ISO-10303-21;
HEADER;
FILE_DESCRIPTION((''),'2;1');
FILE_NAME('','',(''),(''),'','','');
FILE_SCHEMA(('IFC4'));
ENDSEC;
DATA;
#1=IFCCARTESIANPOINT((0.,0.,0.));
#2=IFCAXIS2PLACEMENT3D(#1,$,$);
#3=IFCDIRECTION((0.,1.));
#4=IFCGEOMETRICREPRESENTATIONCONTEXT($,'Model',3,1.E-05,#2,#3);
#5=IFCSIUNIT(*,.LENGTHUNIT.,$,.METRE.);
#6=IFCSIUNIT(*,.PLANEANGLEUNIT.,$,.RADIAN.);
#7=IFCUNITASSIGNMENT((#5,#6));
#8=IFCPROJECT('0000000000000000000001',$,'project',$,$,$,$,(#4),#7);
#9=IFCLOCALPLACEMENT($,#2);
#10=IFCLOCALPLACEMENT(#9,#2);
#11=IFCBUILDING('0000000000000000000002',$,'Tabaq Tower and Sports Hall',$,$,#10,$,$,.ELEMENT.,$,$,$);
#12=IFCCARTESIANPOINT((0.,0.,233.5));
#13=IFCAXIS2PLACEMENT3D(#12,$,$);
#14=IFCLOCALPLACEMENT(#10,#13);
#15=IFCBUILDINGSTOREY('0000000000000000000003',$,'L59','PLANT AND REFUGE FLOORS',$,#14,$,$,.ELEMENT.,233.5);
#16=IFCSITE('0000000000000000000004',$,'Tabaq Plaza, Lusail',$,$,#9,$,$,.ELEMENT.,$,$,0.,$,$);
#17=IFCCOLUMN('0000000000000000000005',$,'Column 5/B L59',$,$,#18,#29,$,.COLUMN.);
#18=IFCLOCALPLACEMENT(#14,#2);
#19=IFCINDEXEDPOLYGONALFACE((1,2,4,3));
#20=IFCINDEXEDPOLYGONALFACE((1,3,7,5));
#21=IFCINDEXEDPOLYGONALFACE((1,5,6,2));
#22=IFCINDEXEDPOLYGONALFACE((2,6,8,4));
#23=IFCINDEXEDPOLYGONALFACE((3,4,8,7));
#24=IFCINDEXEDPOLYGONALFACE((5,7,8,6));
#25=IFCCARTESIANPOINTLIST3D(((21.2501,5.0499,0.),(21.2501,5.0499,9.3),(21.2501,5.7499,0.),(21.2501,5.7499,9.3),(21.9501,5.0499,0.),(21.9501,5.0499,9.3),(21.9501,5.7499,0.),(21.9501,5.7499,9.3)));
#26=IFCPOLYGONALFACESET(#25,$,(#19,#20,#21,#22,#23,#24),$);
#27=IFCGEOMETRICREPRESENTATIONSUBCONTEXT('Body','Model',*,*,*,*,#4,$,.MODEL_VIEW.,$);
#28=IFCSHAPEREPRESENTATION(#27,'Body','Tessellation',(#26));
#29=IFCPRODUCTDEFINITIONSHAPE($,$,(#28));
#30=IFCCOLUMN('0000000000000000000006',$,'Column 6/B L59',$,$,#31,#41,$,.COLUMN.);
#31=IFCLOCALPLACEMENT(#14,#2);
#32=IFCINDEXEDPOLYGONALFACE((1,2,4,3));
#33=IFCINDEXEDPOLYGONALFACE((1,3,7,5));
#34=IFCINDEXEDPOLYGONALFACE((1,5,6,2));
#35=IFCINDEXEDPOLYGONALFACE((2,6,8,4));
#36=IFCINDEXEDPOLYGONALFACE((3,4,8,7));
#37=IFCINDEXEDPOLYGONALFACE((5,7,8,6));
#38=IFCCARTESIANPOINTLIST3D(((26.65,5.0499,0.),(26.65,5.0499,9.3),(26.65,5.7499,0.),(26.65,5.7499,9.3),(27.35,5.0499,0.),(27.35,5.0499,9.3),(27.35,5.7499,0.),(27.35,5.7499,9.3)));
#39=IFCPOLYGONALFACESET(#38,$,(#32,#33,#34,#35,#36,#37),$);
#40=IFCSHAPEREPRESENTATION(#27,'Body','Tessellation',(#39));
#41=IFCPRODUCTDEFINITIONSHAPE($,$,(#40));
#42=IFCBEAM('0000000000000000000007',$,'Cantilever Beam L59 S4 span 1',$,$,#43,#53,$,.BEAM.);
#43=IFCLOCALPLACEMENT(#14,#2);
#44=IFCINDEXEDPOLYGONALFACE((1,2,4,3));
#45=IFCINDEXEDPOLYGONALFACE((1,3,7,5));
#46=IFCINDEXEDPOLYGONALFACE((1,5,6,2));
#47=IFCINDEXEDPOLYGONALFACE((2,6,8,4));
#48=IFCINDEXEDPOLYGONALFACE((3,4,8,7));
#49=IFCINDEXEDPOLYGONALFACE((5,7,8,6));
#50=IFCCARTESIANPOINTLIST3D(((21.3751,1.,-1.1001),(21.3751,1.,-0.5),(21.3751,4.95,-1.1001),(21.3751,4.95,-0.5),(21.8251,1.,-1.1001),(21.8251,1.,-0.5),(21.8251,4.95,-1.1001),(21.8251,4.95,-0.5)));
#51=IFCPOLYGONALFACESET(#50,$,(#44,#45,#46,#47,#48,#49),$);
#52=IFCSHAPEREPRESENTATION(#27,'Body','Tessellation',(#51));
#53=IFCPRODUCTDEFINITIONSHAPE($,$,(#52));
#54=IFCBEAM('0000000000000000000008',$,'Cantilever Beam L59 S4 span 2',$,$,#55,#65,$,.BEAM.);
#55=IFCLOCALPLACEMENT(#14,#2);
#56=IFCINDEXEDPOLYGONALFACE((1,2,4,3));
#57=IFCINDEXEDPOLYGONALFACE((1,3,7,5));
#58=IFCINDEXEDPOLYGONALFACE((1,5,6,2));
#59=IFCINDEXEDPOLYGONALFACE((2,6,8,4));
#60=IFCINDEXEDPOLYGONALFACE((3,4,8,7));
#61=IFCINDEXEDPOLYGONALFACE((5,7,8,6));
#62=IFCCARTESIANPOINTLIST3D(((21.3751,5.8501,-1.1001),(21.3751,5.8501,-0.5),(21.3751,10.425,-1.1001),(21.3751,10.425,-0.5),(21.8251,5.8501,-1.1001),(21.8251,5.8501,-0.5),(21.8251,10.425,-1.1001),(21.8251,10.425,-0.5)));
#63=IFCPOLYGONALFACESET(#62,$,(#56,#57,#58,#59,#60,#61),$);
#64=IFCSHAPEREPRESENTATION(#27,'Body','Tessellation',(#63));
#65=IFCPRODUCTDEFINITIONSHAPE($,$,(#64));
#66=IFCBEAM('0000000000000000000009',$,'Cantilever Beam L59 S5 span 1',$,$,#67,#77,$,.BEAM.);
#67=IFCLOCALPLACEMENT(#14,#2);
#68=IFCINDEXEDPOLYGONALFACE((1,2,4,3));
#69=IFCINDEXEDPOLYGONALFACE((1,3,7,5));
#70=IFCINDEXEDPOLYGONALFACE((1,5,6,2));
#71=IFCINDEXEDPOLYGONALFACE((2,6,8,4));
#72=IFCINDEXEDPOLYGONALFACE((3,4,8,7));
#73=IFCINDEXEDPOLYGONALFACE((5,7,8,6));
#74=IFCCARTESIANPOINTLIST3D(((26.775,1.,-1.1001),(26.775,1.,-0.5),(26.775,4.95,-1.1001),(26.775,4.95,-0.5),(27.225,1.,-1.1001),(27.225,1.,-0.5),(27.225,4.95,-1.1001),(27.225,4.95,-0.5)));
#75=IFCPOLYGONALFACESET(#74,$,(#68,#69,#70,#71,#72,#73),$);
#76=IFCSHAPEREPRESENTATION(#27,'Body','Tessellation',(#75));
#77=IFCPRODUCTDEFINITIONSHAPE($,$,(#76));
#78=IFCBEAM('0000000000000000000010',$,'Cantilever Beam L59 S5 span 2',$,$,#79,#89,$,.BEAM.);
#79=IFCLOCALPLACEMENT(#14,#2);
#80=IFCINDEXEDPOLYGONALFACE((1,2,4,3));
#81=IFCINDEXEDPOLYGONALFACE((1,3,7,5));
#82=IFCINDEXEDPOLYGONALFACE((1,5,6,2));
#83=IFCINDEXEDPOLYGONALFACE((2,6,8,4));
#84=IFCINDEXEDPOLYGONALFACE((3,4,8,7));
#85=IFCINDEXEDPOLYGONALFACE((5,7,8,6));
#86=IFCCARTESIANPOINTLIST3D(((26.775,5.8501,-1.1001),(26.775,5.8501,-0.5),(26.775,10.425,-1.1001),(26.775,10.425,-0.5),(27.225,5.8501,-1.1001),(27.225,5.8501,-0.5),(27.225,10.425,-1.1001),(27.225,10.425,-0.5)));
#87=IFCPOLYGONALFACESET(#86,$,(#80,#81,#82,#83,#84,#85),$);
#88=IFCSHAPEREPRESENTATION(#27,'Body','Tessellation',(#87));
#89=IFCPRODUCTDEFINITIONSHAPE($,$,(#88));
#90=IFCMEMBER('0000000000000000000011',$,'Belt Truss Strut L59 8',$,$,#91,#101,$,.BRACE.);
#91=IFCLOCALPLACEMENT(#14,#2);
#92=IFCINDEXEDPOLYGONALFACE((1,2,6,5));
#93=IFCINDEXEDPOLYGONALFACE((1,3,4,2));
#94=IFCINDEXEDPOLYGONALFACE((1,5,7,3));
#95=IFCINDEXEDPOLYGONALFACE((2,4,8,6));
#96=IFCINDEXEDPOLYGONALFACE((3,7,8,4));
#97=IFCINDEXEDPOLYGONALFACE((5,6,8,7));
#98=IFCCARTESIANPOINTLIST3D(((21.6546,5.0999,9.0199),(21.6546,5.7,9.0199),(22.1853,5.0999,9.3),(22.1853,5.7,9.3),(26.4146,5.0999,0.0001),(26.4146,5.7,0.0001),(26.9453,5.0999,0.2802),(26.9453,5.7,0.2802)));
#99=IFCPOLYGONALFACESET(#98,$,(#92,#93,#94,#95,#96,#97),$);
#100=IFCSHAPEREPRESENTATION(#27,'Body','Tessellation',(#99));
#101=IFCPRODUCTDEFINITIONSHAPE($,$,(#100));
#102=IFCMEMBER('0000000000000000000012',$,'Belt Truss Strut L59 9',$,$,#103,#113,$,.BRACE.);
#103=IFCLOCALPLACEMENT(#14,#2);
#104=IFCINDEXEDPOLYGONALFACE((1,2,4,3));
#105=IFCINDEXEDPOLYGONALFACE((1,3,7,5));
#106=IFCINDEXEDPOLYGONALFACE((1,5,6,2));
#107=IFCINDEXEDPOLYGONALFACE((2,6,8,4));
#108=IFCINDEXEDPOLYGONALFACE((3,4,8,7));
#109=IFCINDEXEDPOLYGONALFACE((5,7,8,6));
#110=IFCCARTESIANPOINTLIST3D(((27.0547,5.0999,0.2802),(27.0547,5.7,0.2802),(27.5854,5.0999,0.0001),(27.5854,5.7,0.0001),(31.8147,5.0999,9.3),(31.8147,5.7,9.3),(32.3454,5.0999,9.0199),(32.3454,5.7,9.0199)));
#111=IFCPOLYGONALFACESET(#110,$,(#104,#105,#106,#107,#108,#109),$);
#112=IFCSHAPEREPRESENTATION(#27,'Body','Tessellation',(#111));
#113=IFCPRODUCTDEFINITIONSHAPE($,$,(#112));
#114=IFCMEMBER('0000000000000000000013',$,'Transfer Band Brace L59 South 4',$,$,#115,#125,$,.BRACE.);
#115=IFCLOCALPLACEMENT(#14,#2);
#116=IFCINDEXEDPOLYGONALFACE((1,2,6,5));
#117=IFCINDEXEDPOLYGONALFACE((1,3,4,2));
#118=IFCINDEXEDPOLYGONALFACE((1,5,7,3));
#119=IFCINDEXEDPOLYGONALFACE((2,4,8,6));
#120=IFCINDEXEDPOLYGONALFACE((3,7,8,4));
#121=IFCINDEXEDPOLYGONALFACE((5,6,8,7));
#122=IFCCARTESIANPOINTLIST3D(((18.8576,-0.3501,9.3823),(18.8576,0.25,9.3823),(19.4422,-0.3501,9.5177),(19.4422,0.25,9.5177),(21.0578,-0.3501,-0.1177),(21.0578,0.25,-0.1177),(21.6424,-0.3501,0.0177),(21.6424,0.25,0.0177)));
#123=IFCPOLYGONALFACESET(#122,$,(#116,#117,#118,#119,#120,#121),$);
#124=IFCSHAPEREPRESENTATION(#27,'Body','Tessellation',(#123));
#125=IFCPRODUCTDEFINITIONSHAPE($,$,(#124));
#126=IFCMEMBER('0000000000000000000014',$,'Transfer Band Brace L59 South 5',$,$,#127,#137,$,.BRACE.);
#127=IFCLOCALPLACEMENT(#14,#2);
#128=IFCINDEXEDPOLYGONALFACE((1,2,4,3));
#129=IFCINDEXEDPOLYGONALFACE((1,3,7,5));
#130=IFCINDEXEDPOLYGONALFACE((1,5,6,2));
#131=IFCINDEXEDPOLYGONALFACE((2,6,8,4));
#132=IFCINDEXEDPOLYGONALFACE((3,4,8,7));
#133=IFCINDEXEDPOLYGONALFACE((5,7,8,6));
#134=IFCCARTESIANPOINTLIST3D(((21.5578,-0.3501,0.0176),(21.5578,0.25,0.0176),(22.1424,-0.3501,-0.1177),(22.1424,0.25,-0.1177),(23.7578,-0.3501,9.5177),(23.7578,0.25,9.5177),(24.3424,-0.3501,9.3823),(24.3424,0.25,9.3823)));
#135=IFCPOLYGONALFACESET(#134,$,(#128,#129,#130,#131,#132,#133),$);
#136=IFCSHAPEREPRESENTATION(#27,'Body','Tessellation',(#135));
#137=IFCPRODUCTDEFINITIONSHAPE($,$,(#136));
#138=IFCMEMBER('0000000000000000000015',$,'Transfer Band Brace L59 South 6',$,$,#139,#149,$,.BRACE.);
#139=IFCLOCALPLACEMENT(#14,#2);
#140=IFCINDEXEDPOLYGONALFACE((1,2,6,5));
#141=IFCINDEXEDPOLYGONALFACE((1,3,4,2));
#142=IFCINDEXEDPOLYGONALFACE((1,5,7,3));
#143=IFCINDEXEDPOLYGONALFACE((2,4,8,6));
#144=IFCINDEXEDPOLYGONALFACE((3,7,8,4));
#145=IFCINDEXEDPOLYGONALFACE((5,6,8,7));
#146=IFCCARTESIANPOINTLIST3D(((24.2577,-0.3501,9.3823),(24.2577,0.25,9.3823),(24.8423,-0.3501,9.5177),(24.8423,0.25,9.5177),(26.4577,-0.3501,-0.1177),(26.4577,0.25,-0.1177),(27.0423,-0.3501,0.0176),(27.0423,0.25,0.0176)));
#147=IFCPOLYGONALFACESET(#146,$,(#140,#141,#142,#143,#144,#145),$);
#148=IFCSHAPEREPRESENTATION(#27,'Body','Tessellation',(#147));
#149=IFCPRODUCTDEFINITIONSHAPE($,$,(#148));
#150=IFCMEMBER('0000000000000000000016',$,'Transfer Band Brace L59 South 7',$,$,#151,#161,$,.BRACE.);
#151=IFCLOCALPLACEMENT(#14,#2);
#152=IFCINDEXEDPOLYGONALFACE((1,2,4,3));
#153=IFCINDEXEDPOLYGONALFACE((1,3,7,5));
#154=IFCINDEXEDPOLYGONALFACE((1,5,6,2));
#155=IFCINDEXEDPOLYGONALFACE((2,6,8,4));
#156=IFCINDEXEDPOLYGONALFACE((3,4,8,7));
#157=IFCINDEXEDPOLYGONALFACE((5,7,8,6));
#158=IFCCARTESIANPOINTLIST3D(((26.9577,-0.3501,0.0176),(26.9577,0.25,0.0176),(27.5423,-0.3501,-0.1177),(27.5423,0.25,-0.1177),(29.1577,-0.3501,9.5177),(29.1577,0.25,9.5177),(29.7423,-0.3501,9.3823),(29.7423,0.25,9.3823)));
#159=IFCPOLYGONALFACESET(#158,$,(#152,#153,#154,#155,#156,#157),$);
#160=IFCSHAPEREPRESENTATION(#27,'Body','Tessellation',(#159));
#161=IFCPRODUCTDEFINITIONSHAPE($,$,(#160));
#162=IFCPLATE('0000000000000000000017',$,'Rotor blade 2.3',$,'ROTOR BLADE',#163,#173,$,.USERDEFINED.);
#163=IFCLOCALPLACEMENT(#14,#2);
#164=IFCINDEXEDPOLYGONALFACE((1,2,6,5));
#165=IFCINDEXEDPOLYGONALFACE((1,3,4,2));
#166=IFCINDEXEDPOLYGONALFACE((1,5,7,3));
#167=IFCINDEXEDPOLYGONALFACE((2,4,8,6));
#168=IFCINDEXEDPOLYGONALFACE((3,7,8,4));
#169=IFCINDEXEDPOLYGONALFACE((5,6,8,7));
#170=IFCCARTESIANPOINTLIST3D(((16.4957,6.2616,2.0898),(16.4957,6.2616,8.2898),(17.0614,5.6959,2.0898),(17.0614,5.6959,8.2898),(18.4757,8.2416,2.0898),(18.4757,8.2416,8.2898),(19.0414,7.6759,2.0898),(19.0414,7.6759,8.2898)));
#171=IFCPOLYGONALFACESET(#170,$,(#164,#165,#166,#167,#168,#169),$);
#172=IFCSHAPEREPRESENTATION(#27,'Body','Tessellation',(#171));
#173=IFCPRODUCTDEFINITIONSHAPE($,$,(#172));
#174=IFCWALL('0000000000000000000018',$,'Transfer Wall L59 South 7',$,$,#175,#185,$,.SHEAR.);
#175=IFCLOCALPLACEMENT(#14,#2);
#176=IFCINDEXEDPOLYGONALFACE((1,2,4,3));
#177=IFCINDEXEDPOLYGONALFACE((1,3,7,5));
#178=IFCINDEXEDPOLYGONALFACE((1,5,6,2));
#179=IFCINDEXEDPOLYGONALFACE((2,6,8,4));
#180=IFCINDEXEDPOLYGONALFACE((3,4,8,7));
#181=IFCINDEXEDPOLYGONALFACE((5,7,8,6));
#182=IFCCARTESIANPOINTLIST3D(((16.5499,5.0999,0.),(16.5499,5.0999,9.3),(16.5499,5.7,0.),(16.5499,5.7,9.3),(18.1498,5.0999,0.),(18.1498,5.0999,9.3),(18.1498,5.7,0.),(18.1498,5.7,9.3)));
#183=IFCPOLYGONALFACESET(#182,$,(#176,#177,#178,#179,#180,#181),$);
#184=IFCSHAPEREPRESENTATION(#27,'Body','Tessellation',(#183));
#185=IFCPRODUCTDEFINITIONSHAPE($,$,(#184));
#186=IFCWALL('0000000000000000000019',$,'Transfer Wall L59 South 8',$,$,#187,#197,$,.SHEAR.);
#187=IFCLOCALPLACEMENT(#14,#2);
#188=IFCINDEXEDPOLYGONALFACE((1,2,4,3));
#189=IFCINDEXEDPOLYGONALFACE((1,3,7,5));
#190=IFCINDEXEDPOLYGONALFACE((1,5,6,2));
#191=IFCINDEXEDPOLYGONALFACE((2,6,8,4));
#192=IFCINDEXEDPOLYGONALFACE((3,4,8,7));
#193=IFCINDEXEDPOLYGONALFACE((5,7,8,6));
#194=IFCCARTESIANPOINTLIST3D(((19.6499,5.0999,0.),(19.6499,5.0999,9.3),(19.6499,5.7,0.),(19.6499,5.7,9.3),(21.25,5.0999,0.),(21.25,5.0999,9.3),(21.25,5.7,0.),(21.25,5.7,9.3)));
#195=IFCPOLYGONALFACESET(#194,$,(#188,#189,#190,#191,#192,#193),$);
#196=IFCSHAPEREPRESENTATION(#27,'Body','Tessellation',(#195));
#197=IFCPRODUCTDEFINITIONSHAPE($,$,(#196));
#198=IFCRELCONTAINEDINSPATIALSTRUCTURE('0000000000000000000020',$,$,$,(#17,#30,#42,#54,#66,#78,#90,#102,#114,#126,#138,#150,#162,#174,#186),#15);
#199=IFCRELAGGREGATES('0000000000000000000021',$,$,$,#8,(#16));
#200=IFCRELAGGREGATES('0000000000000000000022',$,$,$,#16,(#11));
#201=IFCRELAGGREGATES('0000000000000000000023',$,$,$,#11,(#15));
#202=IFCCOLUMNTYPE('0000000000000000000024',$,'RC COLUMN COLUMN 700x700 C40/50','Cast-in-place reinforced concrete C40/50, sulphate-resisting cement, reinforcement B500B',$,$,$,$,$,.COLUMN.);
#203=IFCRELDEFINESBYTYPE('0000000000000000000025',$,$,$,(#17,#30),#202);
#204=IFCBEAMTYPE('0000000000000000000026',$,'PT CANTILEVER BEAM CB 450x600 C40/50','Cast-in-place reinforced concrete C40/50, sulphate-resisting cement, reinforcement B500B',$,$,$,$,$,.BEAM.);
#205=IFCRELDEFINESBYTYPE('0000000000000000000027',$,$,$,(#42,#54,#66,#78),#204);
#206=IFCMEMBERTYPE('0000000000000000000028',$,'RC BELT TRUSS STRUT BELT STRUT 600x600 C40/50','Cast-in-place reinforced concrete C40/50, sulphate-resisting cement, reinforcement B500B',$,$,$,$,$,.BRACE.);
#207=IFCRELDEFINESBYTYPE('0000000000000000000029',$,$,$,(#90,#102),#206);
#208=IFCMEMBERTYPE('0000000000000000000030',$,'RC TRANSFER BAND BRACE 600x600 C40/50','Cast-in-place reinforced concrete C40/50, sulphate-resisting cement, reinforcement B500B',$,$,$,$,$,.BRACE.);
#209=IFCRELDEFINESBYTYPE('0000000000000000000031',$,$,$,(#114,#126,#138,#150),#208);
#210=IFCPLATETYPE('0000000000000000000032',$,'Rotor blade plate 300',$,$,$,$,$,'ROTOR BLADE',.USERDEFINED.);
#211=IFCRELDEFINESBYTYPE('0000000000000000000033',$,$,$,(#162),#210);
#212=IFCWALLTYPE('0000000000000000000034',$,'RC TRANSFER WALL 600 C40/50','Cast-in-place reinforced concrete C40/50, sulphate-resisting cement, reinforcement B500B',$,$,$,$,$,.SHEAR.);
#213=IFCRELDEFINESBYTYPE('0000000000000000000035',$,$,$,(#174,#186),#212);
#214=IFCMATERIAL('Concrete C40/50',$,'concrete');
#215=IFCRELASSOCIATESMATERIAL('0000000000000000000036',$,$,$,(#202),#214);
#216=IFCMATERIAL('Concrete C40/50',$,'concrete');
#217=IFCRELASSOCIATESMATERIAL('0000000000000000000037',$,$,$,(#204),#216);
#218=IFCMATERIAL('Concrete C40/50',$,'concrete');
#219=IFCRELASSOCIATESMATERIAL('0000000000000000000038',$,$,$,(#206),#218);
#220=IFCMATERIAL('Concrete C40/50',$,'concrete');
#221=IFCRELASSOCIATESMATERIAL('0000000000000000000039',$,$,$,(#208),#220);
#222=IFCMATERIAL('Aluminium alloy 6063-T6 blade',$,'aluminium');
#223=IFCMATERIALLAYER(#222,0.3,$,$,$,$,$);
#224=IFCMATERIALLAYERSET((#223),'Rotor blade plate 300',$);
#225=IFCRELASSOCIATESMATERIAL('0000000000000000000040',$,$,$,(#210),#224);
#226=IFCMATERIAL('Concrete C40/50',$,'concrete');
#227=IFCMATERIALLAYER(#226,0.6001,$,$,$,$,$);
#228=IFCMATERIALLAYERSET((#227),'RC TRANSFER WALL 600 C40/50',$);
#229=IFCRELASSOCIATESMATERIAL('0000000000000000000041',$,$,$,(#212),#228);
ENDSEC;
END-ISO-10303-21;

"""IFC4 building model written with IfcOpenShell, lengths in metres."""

from ifc_helpers import new_model, si_unit, direction, frame, frame_2d, origin, origin_2d, place, context, subcontext, project, spatial, rectangle, extrude, material, layer, layer_set, material_profile, profile_set, type_object, element, save


model = new_model("IFC4")

# Units and contexts
model_context = context("Model", 3, precision=1e-05, world=origin(), true_north=direction((0.0, 1.0)))
body_context = subcontext(model_context, "Body", "Model", "MODEL_VIEW")
ifc_project = project(units=[si_unit("LENGTHUNIT", "METRE"), si_unit("PLANEANGLEUNIT", "RADIAN")], contexts=[model_context])

# Site, building, storey
site_placement = place(None, origin())
site = spatial("IfcSite", under=ifc_project, at=site_placement, Name="Tabaq Plaza, Lusail", CompositionType="ELEMENT", RefElevation=0.0)
building_placement = place(site_placement, origin())
building = spatial("IfcBuilding", under=site, at=building_placement, Name="Tabaq Tower and Sports Hall", CompositionType="ELEMENT")
storey_placement = place(building_placement, frame((0.0, 0.0, 233.5)))
storey = spatial("IfcBuildingStorey", under=building, at=storey_placement, Name="L59", Description="PLANT AND REFUGE FLOORS", CompositionType="ELEMENT", Elevation=233.5)

# Columns
ifc_material_1 = material(Name="Concrete C40/50", Category="concrete")
ifc_material_profile_1 = material_profile(ifc_material_1, rectangle(XDim=0.7, YDim=0.7, at=origin_2d()), Name="COLUMN 700x700")
ifc_profile_set_1 = profile_set([ifc_material_profile_1], Name="Concrete C40/50")
column_type = type_object("IfcColumnType", Name="RC COLUMN COLUMN 700x700 C40/50", Description="Cast-in-place reinforced concrete C40/50, sulphate-resisting cement, reinforcement B500B", PredefinedType="COLUMN", material=ifc_profile_set_1)
for number, where, z_axis, x_axis, name in (
    (1, (21.6001, 5.3999, 0.0), (0.0, 0.0, 1.0), (1.0, 0.0, 0.0), "Column 5/B L59"),
    (2, (27.0, 5.3999, 0.0), (0.0, 0.0, 1.0), (1.0, 0.0, 0.0), "Column 6/B L59"),
):
    element("IfcColumn", number, at=place(storey_placement, frame(where, z_axis=z_axis, x_axis=x_axis)), inside=storey, type_object=column_type, Name=name, PredefinedType="COLUMN", context=body_context, shape_type="SweptSolid", body=[
        extrude(rectangle(XDim=0.7, YDim=0.7, at=origin_2d()), origin(), (0.0, 0.0, 1.0), 9.3),
    ])

# Beams
ifc_material_2 = material(Name="Concrete C40/50", Category="concrete")
ifc_material_profile_2 = material_profile(ifc_material_2, rectangle(XDim=0.45, YDim=0.6001, at=origin_2d()), Name="CB 450x600")
ifc_profile_set_2 = profile_set([ifc_material_profile_2], Name="Concrete C40/50")
beam_type = type_object("IfcBeamType", Name="PT CANTILEVER BEAM CB 450x600 C40/50", Description="Cast-in-place reinforced concrete C40/50, sulphate-resisting cement, reinforcement B500B", PredefinedType="BEAM", material=ifc_profile_set_2)
beam_1_placement = place(storey_placement, frame((21.6001, 1.0, -0.8), z_axis=(0.0, 1.0, 0.0), x_axis=(-1.0, 0.0, 0.0)))
element("IfcBeam", 3, at=beam_1_placement, inside=storey, type_object=beam_type, Name="Cantilever Beam L59 S4 span 1", PredefinedType="BEAM", context=body_context, shape_type="SweptSolid", body=[
    extrude(rectangle(XDim=0.45, YDim=0.6001, at=origin_2d()), origin(), (0.0, 0.0, 1.0), 3.95),
])
beam_2_placement = place(storey_placement, frame((21.6001, 5.8501, -0.8), z_axis=(0.0, 1.0, 0.0), x_axis=(-1.0, 0.0, 0.0)))
element("IfcBeam", 4, at=beam_2_placement, inside=storey, type_object=beam_type, Name="Cantilever Beam L59 S4 span 2", PredefinedType="BEAM", context=body_context, shape_type="SweptSolid", body=[
    extrude(rectangle(XDim=0.45, YDim=0.6001, at=origin_2d()), origin(), (0.0, 0.0, 1.0), 4.575),
])
beam_3_placement = place(storey_placement, frame((27.0, 1.0, -0.8), z_axis=(0.0, 1.0, 0.0), x_axis=(-1.0, 0.0, 0.0)))
element("IfcBeam", 5, at=beam_3_placement, inside=storey, type_object=beam_type, Name="Cantilever Beam L59 S5 span 1", PredefinedType="BEAM", context=body_context, shape_type="SweptSolid", body=[
    extrude(rectangle(XDim=0.45, YDim=0.6001, at=origin_2d()), origin(), (0.0, 0.0, 1.0), 3.95),
])
beam_4_placement = place(storey_placement, frame((27.0, 5.8501, -0.8), z_axis=(0.0, 1.0, 0.0), x_axis=(-1.0, 0.0, 0.0)))
element("IfcBeam", 6, at=beam_4_placement, inside=storey, type_object=beam_type, Name="Cantilever Beam L59 S5 span 2", PredefinedType="BEAM", context=body_context, shape_type="SweptSolid", body=[
    extrude(rectangle(XDim=0.45, YDim=0.6001, at=origin_2d()), origin(), (0.0, 0.0, 1.0), 4.575),
])

# Members
ifc_material_3 = material(Name="Concrete C40/50", Category="concrete")
ifc_material_profile_3 = material_profile(ifc_material_3, rectangle(XDim=0.6001, YDim=0.6001, at=origin_2d()), Name="BELT STRUT 600x600")
ifc_profile_set_3 = profile_set([ifc_material_profile_3], Name="Concrete C40/50")
member_type_1 = type_object("IfcMemberType", Name="RC BELT TRUSS STRUT BELT STRUT 600x600 C40/50", Description="Cast-in-place reinforced concrete C40/50, sulphate-resisting cement, reinforcement B500B", PredefinedType="BRACE", material=ifc_profile_set_3)
for number, where, z_axis, x_axis, name in (
    (7, (26.6799, 5.3999, 0.1401), (-0.466726, 0.0, 0.884402), (0.0, -1.0, 0.0), "Belt Truss Strut L59 8"),
    (8, (27.3201, 5.3999, 0.1401), (0.466726, 0.0, 0.884402), (0.0, 1.0, 0.0), "Belt Truss Strut L59 9"),
):
    element("IfcMember", number, at=place(storey_placement, frame(where, z_axis=z_axis, x_axis=x_axis)), inside=storey, type_object=member_type_1, Name=name, PredefinedType="BRACE", context=body_context, shape_type="SweptSolid", body=[
        extrude(rectangle(XDim=0.6001, YDim=0.6001, at=origin_2d()), origin(), (0.0, 0.0, 1.0), 10.1987),
    ])
ifc_material_4 = material(Name="Concrete C40/50", Category="concrete")
ifc_material_profile_4 = material_profile(ifc_material_4, rectangle(XDim=0.6001, YDim=0.6001, at=origin_2d()), Name="TRANSFER BAND BRACE 600x600")
ifc_profile_set_4 = profile_set([ifc_material_profile_4], Name="Concrete C40/50")
member_type_2 = type_object("IfcMemberType", Name="RC TRANSFER BAND BRACE 600x600 C40/50", Description="Cast-in-place reinforced concrete C40/50, sulphate-resisting cement, reinforcement B500B", PredefinedType="BRACE", material=ifc_profile_set_4)
for number, where, z_axis, x_axis, name in (
    (9, (21.3501, -0.05, -0.05), (-0.225627, 0.0, 0.974214), (0.0, -1.0, 0.0), "Transfer Band Brace L59 South 4"),
    (10, (21.8501, -0.05, -0.05), (0.225604, 0.0, 0.974219), (0.0, 1.0, 0.0), "Transfer Band Brace L59 South 5"),
    (11, (26.75, -0.05, -0.05), (-0.225604, 0.0, 0.974219), (0.0, -1.0, 0.0), "Transfer Band Brace L59 South 6"),
    (12, (27.25, -0.05, -0.05), (0.225604, 0.0, 0.974219), (0.0, 1.0, 0.0), "Transfer Band Brace L59 South 7"),
):
    element("IfcMember", number, at=place(storey_placement, frame(where, z_axis=z_axis, x_axis=x_axis)), inside=storey, type_object=member_type_2, Name=name, PredefinedType="BRACE", context=body_context, shape_type="SweptSolid", body=[
        extrude(rectangle(XDim=0.6001, YDim=0.6001, at=origin_2d()), origin(), (0.0, 0.0, 1.0), 9.7515),
    ])

# Plate
ifc_material_5 = material(Name="Aluminium alloy 6063-T6 blade", Category="aluminium")
ifc_layer_1 = layer(ifc_material_5, 0.3)
ifc_layer_set_1 = layer_set([ifc_layer_1], Name="Rotor blade plate 300")
plate_type = type_object("IfcPlateType", Name="Rotor blade plate 300", ElementType="ROTOR BLADE", PredefinedType="USERDEFINED", material=ifc_layer_set_1)
plate_placement = place(storey_placement, frame((17.7686, 6.9688, 2.0898), z_axis=(0.0, 0.0, 1.0), x_axis=(-0.707107, -0.707107, 0.0)))
element("IfcPlate", 13, at=plate_placement, inside=storey, type_object=plate_type, Name="Rotor blade 2.3", ObjectType="ROTOR BLADE", PredefinedType="USERDEFINED", context=body_context, shape_type="SweptSolid", body=[
    extrude(rectangle(XDim=2.8, YDim=0.8, at=origin_2d()), origin(), (0.0, 0.0, 1.0), 6.2),
])

# Walls
ifc_material_6 = material(Name="Concrete C40/50", Category="concrete")
ifc_layer_2 = layer(ifc_material_6, 0.6001)
ifc_layer_set_2 = layer_set([ifc_layer_2], Name="RC TRANSFER WALL 600 C40/50")
wall_type = type_object("IfcWallType", Name="RC TRANSFER WALL 600 C40/50", Description="Cast-in-place reinforced concrete C40/50, sulphate-resisting cement, reinforcement B500B", PredefinedType="SHEAR", material=ifc_layer_set_2)
wall_1_placement = place(storey_placement, frame((16.55, 5.3999, 0.0), z_axis=(0.0, 0.0, 1.0), x_axis=(1.0, 0.0, 0.0)))
element("IfcWall", 14, at=wall_1_placement, inside=storey, type_object=wall_type, Name="Transfer Wall L59 South 7", PredefinedType="SHEAR", context=body_context, shape_type="SweptSolid", body=[
    extrude(rectangle(XDim=1.5999, YDim=0.6001, at=frame_2d((0.7998, 0.0))), origin(), (0.0, 0.0, 1.0), 9.3),
])
wall_2_placement = place(storey_placement, frame((19.6499, 5.3999, 0.0), z_axis=(0.0, 0.0, 1.0), x_axis=(1.0, 0.0, 0.0)))
element("IfcWall", 15, at=wall_2_placement, inside=storey, type_object=wall_type, Name="Transfer Wall L59 South 8", PredefinedType="SHEAR", context=body_context, shape_type="SweptSolid", body=[
    extrude(rectangle(XDim=1.6001, YDim=0.6001, at=frame_2d((0.8, 0.0))), origin(), (0.0, 0.0, 1.0), 9.3),
])

save(model, "model.ifc")
